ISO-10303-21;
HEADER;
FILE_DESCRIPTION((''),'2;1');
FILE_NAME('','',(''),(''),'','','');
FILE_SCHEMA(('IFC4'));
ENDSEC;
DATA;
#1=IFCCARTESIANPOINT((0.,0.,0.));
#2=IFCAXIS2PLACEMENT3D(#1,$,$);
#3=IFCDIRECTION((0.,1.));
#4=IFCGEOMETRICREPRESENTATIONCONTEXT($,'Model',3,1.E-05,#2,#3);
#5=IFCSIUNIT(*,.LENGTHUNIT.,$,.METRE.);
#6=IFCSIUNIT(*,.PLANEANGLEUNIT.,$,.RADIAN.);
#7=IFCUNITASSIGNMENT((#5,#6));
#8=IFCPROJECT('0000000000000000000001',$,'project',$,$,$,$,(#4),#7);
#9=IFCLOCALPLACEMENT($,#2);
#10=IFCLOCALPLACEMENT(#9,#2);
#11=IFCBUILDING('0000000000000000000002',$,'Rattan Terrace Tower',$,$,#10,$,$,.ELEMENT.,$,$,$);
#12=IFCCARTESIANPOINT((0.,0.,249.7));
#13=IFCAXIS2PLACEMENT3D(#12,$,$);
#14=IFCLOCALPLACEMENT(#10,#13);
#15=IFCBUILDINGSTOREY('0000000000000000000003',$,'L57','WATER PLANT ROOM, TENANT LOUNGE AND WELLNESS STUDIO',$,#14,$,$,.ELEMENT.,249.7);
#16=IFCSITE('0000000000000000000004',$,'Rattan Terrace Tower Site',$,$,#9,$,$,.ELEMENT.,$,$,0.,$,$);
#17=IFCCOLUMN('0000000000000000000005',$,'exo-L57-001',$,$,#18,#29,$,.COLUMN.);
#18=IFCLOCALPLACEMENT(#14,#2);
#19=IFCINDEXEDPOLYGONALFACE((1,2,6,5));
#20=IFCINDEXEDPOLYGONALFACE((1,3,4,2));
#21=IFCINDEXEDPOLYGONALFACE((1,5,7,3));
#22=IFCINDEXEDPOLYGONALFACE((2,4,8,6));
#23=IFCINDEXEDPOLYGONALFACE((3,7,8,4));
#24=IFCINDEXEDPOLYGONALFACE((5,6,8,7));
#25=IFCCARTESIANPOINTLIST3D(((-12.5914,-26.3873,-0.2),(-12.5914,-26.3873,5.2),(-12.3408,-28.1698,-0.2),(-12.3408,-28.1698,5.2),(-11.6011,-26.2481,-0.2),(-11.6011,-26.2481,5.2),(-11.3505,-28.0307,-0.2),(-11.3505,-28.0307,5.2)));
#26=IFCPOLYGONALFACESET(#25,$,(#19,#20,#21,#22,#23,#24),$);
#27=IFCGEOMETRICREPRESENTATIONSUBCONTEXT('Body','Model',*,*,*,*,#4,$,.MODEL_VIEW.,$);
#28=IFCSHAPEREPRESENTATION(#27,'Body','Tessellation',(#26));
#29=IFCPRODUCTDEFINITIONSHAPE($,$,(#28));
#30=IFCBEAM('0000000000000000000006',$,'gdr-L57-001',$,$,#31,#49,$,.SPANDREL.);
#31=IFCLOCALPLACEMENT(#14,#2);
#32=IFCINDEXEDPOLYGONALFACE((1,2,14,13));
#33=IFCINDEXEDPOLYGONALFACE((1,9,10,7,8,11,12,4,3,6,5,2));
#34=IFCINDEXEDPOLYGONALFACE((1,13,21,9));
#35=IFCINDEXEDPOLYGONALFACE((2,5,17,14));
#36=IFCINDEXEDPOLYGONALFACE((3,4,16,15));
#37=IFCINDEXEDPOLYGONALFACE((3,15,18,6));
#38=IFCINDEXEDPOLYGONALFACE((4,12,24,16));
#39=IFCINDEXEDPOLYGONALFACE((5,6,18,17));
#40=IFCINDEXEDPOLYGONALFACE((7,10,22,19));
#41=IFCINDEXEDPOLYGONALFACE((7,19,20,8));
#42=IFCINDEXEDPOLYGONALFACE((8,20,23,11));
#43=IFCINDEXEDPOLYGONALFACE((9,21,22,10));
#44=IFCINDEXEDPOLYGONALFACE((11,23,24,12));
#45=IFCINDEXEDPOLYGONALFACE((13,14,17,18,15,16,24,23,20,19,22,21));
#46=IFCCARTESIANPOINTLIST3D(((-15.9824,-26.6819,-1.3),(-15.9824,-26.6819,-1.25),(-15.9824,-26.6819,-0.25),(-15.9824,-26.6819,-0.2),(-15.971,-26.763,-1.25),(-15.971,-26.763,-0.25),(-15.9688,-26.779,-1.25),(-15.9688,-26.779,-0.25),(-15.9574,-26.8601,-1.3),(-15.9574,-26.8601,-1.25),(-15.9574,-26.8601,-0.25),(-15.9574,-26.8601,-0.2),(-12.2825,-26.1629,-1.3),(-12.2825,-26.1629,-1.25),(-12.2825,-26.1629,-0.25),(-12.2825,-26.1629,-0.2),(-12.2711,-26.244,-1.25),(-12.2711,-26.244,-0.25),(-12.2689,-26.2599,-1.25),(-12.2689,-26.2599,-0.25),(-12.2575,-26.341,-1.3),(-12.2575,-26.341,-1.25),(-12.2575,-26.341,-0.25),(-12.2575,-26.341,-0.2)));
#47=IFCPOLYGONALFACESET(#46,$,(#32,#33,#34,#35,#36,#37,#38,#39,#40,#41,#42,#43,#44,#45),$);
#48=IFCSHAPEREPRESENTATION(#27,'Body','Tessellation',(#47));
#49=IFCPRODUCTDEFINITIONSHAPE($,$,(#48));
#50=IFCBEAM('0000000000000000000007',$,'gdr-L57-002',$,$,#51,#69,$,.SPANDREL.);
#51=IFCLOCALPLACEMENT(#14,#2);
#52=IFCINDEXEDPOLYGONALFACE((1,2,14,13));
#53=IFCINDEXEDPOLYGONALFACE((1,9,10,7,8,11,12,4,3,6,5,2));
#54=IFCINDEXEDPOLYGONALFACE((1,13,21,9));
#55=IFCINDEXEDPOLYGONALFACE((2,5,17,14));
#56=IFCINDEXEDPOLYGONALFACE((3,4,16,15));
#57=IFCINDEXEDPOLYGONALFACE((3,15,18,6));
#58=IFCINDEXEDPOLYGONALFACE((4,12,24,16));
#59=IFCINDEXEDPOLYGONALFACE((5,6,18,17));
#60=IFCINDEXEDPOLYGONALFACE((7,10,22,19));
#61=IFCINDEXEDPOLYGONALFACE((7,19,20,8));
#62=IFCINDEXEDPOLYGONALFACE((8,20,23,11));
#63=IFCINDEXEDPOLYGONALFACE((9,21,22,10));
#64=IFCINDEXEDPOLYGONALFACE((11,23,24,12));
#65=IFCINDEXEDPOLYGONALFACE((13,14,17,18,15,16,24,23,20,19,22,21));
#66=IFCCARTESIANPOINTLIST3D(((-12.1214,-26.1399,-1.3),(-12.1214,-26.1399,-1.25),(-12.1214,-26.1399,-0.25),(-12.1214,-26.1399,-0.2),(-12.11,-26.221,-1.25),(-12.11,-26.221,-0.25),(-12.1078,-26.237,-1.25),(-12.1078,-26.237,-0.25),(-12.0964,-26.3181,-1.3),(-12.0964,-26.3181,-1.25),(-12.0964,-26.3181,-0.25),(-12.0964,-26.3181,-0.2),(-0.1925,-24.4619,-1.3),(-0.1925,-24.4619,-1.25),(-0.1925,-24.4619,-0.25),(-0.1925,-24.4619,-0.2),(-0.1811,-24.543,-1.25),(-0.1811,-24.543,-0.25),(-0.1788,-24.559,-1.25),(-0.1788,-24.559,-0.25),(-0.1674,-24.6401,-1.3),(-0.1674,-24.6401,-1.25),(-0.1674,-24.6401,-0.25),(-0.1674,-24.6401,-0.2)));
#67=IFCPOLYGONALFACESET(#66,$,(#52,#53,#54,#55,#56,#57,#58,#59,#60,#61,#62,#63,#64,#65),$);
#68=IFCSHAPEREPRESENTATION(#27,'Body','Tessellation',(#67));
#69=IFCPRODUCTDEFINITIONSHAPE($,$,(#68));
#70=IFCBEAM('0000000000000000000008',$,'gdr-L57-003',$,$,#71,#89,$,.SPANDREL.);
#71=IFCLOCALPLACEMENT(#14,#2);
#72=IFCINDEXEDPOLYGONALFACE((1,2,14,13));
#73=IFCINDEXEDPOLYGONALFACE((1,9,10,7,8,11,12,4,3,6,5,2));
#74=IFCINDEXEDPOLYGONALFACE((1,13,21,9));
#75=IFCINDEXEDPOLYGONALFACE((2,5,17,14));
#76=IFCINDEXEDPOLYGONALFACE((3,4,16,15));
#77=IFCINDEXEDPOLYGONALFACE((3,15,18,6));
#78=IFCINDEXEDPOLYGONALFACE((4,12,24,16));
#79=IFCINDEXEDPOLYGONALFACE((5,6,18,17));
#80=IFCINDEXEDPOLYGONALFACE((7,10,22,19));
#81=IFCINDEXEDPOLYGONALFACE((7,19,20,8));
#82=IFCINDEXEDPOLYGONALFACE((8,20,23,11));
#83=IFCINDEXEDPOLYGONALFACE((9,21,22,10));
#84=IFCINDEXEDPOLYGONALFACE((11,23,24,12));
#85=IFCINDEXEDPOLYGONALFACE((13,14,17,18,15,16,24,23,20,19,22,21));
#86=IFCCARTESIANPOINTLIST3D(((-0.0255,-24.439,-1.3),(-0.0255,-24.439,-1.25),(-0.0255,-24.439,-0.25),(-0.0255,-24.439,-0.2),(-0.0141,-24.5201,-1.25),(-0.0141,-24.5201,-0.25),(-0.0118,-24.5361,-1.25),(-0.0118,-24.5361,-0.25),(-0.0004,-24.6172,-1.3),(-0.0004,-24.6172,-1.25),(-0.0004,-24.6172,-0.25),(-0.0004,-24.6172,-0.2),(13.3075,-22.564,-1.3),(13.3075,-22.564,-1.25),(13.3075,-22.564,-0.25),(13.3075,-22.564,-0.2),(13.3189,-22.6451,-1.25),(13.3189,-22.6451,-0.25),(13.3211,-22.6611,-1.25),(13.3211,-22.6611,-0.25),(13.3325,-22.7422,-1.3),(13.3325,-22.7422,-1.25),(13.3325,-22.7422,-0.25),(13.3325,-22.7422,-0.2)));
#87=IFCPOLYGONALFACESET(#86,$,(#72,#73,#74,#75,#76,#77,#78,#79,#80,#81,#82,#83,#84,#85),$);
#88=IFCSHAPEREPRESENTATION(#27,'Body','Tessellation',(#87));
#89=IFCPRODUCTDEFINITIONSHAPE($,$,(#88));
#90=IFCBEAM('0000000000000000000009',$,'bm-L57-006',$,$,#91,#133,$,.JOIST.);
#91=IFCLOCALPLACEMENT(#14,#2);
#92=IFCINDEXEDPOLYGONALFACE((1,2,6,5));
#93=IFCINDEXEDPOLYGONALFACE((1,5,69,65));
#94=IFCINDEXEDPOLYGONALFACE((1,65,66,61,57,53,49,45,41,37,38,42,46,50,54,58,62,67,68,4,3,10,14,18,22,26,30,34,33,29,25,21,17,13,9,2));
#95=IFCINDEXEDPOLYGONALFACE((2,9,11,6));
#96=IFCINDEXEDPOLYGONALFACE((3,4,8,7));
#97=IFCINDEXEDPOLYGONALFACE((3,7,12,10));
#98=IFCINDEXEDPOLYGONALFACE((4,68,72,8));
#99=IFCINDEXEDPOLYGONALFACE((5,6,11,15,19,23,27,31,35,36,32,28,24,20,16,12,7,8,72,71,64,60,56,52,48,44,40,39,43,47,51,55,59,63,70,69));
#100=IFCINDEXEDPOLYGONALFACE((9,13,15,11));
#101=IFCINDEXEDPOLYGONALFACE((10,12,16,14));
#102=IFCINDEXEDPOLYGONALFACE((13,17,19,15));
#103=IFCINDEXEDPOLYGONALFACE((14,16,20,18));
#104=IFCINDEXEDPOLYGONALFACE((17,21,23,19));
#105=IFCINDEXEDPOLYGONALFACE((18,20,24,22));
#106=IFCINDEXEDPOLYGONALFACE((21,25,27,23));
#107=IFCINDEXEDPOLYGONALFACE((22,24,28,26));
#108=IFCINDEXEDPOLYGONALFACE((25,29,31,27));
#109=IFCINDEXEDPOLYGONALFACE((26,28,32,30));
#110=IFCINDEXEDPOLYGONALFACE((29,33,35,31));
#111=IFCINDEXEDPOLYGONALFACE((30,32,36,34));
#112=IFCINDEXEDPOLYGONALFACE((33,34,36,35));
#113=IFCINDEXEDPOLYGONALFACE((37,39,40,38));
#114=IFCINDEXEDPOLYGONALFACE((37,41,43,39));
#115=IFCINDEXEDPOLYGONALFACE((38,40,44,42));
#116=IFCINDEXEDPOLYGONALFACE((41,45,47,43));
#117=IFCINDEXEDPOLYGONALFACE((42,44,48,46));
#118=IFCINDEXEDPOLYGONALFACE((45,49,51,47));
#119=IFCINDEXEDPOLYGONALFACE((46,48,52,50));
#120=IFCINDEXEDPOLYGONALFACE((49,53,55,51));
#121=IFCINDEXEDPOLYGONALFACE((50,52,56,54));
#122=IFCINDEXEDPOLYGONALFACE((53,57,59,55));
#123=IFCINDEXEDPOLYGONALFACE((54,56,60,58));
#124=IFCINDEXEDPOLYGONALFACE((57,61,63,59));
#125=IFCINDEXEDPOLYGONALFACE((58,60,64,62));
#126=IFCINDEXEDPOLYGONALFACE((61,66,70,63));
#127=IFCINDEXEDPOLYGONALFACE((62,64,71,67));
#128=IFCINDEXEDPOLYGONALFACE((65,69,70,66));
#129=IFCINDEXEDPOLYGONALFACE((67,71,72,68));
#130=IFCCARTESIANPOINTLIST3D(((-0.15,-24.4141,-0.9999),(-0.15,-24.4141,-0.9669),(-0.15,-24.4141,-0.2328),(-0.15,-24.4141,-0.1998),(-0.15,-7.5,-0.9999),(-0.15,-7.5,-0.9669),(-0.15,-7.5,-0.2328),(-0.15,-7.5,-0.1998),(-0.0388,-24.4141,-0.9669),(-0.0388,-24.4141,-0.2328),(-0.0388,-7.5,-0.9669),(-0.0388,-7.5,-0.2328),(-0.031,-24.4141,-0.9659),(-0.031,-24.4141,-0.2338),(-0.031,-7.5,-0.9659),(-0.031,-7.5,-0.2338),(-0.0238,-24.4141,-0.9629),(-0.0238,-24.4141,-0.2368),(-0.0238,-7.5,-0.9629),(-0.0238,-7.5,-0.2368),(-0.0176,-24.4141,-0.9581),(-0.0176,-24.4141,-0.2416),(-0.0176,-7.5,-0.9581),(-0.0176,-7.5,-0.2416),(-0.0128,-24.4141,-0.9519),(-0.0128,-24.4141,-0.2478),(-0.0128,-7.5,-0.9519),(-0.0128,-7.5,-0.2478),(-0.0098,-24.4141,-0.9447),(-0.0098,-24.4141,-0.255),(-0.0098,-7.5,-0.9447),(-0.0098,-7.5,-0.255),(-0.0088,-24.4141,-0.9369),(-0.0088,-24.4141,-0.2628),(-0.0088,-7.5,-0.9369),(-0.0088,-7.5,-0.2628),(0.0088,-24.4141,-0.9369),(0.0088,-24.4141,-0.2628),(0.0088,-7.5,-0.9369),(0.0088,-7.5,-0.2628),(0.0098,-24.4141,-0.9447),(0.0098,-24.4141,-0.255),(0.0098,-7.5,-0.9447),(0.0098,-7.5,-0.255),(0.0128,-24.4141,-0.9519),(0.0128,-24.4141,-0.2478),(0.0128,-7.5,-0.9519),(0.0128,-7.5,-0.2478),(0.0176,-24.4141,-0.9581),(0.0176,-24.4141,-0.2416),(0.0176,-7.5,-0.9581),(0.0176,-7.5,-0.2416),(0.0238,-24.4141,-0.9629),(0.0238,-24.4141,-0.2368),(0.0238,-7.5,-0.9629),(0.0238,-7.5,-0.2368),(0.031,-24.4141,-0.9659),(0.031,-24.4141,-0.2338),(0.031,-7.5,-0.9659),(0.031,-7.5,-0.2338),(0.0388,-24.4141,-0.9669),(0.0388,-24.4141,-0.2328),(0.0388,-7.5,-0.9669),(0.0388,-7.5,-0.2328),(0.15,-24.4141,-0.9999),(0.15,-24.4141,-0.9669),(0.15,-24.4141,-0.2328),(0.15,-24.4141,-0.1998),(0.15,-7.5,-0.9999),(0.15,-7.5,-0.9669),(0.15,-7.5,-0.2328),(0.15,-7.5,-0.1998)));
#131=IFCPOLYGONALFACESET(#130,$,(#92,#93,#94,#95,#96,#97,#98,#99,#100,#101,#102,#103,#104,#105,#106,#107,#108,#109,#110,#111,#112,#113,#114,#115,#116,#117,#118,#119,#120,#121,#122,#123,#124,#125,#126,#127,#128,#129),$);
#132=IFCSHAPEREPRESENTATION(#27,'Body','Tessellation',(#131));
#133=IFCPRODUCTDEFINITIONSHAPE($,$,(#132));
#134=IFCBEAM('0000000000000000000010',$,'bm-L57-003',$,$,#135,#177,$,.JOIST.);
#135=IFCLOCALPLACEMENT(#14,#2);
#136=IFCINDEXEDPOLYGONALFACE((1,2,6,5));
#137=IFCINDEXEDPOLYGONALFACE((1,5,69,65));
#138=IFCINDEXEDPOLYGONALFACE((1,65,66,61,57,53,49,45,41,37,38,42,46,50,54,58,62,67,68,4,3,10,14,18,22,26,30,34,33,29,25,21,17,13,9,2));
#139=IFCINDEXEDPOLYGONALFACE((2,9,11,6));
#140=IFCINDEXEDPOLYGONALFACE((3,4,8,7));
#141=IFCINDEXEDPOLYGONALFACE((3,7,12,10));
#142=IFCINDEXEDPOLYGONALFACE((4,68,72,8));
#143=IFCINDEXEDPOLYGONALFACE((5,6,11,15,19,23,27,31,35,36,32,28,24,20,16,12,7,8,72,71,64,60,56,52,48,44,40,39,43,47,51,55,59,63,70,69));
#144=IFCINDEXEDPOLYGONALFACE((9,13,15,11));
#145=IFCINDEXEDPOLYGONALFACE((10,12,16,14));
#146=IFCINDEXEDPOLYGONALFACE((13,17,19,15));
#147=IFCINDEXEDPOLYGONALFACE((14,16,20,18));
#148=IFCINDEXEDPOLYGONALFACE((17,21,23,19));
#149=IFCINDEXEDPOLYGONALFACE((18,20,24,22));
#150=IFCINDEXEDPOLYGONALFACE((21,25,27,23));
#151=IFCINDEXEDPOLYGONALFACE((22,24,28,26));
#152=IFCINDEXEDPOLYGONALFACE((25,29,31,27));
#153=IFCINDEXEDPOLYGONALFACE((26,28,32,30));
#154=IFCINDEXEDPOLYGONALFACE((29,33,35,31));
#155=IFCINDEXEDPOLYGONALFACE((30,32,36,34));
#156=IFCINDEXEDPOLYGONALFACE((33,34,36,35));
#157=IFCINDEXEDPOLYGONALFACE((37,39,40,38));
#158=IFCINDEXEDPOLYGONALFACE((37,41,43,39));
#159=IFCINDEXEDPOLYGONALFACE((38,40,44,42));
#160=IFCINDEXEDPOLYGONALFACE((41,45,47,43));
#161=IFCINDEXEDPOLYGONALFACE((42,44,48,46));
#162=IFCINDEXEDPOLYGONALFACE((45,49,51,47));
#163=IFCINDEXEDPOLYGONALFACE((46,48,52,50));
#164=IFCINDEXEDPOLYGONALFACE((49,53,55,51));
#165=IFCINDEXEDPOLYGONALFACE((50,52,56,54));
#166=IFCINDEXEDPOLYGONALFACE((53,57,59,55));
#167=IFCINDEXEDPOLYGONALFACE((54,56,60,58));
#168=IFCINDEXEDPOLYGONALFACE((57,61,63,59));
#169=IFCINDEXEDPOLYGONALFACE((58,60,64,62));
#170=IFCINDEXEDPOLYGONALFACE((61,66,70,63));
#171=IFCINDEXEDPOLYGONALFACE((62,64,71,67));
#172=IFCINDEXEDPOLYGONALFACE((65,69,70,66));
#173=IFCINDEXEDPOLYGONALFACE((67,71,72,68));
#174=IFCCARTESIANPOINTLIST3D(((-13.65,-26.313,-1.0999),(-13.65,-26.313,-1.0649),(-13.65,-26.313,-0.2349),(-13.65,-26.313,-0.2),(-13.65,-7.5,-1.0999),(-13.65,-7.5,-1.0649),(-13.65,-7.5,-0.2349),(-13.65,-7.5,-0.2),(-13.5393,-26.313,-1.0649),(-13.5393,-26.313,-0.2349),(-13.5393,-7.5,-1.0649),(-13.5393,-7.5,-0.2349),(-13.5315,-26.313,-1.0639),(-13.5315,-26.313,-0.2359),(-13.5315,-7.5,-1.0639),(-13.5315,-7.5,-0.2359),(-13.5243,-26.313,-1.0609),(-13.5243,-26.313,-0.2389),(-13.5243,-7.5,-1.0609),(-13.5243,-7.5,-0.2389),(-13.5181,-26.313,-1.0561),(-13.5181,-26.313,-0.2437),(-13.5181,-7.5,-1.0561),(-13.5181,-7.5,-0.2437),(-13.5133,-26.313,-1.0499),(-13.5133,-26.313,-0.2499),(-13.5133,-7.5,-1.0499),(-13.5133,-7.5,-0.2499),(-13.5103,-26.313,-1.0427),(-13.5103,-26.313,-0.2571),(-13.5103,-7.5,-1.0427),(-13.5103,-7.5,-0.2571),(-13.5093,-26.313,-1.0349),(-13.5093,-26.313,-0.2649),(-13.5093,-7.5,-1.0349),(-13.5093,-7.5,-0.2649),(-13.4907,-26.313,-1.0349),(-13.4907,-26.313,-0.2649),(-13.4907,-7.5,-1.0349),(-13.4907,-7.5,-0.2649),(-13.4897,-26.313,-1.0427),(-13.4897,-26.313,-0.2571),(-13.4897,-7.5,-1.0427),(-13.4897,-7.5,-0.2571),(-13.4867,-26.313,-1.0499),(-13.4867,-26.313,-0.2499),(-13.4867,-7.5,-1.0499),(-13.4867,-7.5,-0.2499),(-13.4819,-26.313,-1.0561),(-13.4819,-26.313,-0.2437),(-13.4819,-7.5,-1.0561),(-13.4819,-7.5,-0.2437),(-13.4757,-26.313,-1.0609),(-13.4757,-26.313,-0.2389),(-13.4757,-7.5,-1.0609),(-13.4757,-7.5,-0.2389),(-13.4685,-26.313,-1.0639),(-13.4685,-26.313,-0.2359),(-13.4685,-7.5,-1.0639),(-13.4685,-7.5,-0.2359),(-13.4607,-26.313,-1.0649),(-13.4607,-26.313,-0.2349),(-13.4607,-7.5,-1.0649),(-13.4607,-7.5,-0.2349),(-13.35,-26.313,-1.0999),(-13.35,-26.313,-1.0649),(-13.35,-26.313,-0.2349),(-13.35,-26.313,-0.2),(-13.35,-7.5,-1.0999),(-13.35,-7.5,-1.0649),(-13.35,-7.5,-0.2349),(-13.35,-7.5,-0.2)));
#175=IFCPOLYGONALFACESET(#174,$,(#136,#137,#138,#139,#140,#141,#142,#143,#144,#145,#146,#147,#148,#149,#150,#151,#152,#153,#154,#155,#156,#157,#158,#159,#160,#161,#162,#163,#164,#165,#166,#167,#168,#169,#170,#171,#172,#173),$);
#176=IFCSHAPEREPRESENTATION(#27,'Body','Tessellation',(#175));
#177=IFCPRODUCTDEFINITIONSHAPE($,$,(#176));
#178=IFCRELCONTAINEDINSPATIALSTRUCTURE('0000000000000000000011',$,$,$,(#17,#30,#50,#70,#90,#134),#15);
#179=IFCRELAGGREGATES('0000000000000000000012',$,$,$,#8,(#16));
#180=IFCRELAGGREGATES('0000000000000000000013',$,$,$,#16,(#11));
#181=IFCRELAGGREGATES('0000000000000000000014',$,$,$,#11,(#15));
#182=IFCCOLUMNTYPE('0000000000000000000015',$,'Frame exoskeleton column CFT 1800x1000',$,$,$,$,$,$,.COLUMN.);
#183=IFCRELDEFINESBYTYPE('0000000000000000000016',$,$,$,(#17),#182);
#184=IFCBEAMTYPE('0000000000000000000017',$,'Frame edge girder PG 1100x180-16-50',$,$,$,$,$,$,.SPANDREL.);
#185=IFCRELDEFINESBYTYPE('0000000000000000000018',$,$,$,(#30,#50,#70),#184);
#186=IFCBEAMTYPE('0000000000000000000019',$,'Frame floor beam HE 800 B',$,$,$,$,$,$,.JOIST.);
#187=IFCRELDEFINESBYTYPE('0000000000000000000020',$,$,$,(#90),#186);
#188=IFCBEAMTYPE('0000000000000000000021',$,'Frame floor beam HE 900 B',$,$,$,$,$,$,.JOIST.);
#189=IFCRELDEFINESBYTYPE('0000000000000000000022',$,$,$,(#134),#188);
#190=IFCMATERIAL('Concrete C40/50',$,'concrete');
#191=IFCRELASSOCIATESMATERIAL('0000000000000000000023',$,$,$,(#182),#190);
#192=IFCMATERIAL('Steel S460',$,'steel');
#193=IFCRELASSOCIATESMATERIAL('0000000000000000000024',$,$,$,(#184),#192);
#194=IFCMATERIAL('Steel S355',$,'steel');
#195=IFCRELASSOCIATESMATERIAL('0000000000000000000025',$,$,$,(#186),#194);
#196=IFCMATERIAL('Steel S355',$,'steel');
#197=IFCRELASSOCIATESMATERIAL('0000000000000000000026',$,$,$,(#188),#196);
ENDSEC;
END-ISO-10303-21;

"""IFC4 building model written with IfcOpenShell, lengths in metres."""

from ifc_helpers import new_model, si_unit, direction, frame, origin, origin_2d, place, context, subcontext, project, spatial, rectangle, i_section, extrude, material, material_profile, profile_set, type_object, element, save


model = new_model("IFC4")

# Units and contexts
model_context = context("Model", 3, precision=1e-05, world=origin(), true_north=direction((0.0, 1.0)))
body_context = subcontext(model_context, "Body", "Model", "MODEL_VIEW")
ifc_project = project(units=[si_unit("LENGTHUNIT", "METRE"), si_unit("PLANEANGLEUNIT", "RADIAN")], contexts=[model_context])

# Site, building, storey
site_placement = place(None, origin())
site = spatial("IfcSite", under=ifc_project, at=site_placement, Name="Rattan Terrace Tower Site", CompositionType="ELEMENT", RefElevation=0.0)
building_placement = place(site_placement, origin())
building = spatial("IfcBuilding", under=site, at=building_placement, Name="Rattan Terrace Tower", CompositionType="ELEMENT")
storey_placement = place(building_placement, frame((0.0, 0.0, 249.7)))
storey = spatial("IfcBuildingStorey", under=building, at=storey_placement, Name="L57", Description="WATER PLANT ROOM, TENANT LOUNGE AND WELLNESS STUDIO", CompositionType="ELEMENT", Elevation=249.7)

# Column
ifc_material_1 = material(Name="Concrete C40/50", Category="concrete")
ifc_material_profile_1 = material_profile(ifc_material_1, rectangle(XDim=1.0, YDim=1.8, at=origin_2d()), Name="CFT 1800x1000")
ifc_profile_set_1 = profile_set([ifc_material_profile_1], Name="Concrete C40/50")
column_type = type_object("IfcColumnType", Name="Frame exoskeleton column CFT 1800x1000", PredefinedType="COLUMN", material=ifc_profile_set_1)
column_placement = place(storey_placement, frame((-11.9709, -27.209, -0.2), z_axis=(0.0, 0.0, 1.0), x_axis=(0.990266, 0.13919, 0.0)))
element("IfcColumn", 1, at=column_placement, inside=storey, type_object=column_type, Name="exo-L57-001", PredefinedType="COLUMN", context=body_context, shape_type="SweptSolid", body=[
    extrude(rectangle(XDim=1.0, YDim=1.8, at=origin_2d()), origin(), (0.0, 0.0, 1.0), 5.3999),
])

# Beams
ifc_material_2 = material(Name="Steel S460", Category="steel")
ifc_material_profile_2 = material_profile(ifc_material_2, i_section(OverallWidth=0.1799, OverallDepth=1.1001, WebThickness=0.0161, FlangeThickness=0.05, at=origin_2d()), Name="PG 1100x180-16-50")
ifc_profile_set_2 = profile_set([ifc_material_profile_2], Name="Steel S460")
beam_type_1 = type_object("IfcBeamType", Name="Frame edge girder PG 1100x180-16-50", PredefinedType="SPANDREL", material=ifc_profile_set_2)
beam_1_placement = place(storey_placement, frame((-12.27, -26.252, -0.75), z_axis=(-0.990303, -0.138923, 0.0), x_axis=(0.138923, -0.990303, 0.0)))
element("IfcBeam", 2, at=beam_1_placement, inside=storey, type_object=beam_type_1, Name="gdr-L57-001", PredefinedType="SPANDREL", context=body_context, shape_type="SweptSolid", body=[
    extrude(i_section(OverallWidth=0.1799, OverallDepth=1.1001, WebThickness=0.0161, FlangeThickness=0.05, at=origin_2d()), origin(), (0.0, 0.0, 1.0), 3.7361),
])
beam_2_placement = place(storey_placement, frame((-12.1089, -26.229, -0.75), z_axis=(0.990251, 0.139293, 0.0), x_axis=(-0.139293, 0.990251, 0.0)))
element("IfcBeam", 3, at=beam_2_placement, inside=storey, type_object=beam_type_1, Name="gdr-L57-002", PredefinedType="SPANDREL", context=body_context, shape_type="SweptSolid", body=[
    extrude(i_section(OverallWidth=0.1799, OverallDepth=1.1001, WebThickness=0.0161, FlangeThickness=0.05, at=origin_2d()), origin(), (0.0, 0.0, 1.0), 12.0464),
])
beam_3_placement = place(storey_placement, frame((-0.0129, -24.5281, -0.75), z_axis=(0.990256, 0.139258, 0.0), x_axis=(-0.139258, 0.990256, 0.0)))
element("IfcBeam", 4, at=beam_3_placement, inside=storey, type_object=beam_type_1, Name="gdr-L57-003", PredefinedType="SPANDREL", context=body_context, shape_type="SweptSolid", body=[
    extrude(i_section(OverallWidth=0.1799, OverallDepth=1.1001, WebThickness=0.0161, FlangeThickness=0.05, at=origin_2d()), origin(), (0.0, 0.0, 1.0), 13.4641),
])
ifc_material_3 = material(Name="Steel S355", Category="steel")
ifc_material_profile_3 = material_profile(ifc_material_3, i_section(OverallWidth=0.3, OverallDepth=0.8, WebThickness=0.0176, FlangeThickness=0.033, FilletRadius=0.03, at=origin_2d()), Name="HE 800 B")
ifc_profile_set_3 = profile_set([ifc_material_profile_3], Name="Steel S355")
beam_type_2 = type_object("IfcBeamType", Name="Frame floor beam HE 800 B", PredefinedType="JOIST", material=ifc_profile_set_3)
beam_4_placement = place(storey_placement, frame((0.0, -24.4141, -0.5999), z_axis=(0.0, 1.0, 0.0), x_axis=(-1.0, 0.0, 0.0)))
element("IfcBeam", 5, at=beam_4_placement, inside=storey, type_object=beam_type_2, Name="bm-L57-006", PredefinedType="JOIST", context=body_context, shape_type="SweptSolid", body=[
    extrude(i_section(OverallWidth=0.3, OverallDepth=0.8, WebThickness=0.0176, FlangeThickness=0.033, FilletRadius=0.03, at=origin_2d()), origin(), (0.0, 0.0, 1.0), 16.9141),
])
ifc_material_4 = material(Name="Steel S355", Category="steel")
ifc_material_profile_4 = material_profile(ifc_material_4, i_section(OverallWidth=0.3, OverallDepth=0.8999, WebThickness=0.0186, FlangeThickness=0.0349, FilletRadius=0.03, at=origin_2d()), Name="HE 900 B")
ifc_profile_set_4 = profile_set([ifc_material_profile_4], Name="Steel S355")
beam_type_3 = type_object("IfcBeamType", Name="Frame floor beam HE 900 B", PredefinedType="JOIST", material=ifc_profile_set_4)
beam_5_placement = place(storey_placement, frame((-13.5, -26.313, -0.6499), z_axis=(0.0, 1.0, 0.0), x_axis=(-1.0, 0.0, 0.0)))
element("IfcBeam", 6, at=beam_5_placement, inside=storey, type_object=beam_type_3, Name="bm-L57-003", PredefinedType="JOIST", context=body_context, shape_type="SweptSolid", body=[
    extrude(i_section(OverallWidth=0.3, OverallDepth=0.8999, WebThickness=0.0186, FlangeThickness=0.0349, FilletRadius=0.03, at=origin_2d()), origin(), (0.0, 0.0, 1.0), 18.813),
])

save(model, "model.ifc")
